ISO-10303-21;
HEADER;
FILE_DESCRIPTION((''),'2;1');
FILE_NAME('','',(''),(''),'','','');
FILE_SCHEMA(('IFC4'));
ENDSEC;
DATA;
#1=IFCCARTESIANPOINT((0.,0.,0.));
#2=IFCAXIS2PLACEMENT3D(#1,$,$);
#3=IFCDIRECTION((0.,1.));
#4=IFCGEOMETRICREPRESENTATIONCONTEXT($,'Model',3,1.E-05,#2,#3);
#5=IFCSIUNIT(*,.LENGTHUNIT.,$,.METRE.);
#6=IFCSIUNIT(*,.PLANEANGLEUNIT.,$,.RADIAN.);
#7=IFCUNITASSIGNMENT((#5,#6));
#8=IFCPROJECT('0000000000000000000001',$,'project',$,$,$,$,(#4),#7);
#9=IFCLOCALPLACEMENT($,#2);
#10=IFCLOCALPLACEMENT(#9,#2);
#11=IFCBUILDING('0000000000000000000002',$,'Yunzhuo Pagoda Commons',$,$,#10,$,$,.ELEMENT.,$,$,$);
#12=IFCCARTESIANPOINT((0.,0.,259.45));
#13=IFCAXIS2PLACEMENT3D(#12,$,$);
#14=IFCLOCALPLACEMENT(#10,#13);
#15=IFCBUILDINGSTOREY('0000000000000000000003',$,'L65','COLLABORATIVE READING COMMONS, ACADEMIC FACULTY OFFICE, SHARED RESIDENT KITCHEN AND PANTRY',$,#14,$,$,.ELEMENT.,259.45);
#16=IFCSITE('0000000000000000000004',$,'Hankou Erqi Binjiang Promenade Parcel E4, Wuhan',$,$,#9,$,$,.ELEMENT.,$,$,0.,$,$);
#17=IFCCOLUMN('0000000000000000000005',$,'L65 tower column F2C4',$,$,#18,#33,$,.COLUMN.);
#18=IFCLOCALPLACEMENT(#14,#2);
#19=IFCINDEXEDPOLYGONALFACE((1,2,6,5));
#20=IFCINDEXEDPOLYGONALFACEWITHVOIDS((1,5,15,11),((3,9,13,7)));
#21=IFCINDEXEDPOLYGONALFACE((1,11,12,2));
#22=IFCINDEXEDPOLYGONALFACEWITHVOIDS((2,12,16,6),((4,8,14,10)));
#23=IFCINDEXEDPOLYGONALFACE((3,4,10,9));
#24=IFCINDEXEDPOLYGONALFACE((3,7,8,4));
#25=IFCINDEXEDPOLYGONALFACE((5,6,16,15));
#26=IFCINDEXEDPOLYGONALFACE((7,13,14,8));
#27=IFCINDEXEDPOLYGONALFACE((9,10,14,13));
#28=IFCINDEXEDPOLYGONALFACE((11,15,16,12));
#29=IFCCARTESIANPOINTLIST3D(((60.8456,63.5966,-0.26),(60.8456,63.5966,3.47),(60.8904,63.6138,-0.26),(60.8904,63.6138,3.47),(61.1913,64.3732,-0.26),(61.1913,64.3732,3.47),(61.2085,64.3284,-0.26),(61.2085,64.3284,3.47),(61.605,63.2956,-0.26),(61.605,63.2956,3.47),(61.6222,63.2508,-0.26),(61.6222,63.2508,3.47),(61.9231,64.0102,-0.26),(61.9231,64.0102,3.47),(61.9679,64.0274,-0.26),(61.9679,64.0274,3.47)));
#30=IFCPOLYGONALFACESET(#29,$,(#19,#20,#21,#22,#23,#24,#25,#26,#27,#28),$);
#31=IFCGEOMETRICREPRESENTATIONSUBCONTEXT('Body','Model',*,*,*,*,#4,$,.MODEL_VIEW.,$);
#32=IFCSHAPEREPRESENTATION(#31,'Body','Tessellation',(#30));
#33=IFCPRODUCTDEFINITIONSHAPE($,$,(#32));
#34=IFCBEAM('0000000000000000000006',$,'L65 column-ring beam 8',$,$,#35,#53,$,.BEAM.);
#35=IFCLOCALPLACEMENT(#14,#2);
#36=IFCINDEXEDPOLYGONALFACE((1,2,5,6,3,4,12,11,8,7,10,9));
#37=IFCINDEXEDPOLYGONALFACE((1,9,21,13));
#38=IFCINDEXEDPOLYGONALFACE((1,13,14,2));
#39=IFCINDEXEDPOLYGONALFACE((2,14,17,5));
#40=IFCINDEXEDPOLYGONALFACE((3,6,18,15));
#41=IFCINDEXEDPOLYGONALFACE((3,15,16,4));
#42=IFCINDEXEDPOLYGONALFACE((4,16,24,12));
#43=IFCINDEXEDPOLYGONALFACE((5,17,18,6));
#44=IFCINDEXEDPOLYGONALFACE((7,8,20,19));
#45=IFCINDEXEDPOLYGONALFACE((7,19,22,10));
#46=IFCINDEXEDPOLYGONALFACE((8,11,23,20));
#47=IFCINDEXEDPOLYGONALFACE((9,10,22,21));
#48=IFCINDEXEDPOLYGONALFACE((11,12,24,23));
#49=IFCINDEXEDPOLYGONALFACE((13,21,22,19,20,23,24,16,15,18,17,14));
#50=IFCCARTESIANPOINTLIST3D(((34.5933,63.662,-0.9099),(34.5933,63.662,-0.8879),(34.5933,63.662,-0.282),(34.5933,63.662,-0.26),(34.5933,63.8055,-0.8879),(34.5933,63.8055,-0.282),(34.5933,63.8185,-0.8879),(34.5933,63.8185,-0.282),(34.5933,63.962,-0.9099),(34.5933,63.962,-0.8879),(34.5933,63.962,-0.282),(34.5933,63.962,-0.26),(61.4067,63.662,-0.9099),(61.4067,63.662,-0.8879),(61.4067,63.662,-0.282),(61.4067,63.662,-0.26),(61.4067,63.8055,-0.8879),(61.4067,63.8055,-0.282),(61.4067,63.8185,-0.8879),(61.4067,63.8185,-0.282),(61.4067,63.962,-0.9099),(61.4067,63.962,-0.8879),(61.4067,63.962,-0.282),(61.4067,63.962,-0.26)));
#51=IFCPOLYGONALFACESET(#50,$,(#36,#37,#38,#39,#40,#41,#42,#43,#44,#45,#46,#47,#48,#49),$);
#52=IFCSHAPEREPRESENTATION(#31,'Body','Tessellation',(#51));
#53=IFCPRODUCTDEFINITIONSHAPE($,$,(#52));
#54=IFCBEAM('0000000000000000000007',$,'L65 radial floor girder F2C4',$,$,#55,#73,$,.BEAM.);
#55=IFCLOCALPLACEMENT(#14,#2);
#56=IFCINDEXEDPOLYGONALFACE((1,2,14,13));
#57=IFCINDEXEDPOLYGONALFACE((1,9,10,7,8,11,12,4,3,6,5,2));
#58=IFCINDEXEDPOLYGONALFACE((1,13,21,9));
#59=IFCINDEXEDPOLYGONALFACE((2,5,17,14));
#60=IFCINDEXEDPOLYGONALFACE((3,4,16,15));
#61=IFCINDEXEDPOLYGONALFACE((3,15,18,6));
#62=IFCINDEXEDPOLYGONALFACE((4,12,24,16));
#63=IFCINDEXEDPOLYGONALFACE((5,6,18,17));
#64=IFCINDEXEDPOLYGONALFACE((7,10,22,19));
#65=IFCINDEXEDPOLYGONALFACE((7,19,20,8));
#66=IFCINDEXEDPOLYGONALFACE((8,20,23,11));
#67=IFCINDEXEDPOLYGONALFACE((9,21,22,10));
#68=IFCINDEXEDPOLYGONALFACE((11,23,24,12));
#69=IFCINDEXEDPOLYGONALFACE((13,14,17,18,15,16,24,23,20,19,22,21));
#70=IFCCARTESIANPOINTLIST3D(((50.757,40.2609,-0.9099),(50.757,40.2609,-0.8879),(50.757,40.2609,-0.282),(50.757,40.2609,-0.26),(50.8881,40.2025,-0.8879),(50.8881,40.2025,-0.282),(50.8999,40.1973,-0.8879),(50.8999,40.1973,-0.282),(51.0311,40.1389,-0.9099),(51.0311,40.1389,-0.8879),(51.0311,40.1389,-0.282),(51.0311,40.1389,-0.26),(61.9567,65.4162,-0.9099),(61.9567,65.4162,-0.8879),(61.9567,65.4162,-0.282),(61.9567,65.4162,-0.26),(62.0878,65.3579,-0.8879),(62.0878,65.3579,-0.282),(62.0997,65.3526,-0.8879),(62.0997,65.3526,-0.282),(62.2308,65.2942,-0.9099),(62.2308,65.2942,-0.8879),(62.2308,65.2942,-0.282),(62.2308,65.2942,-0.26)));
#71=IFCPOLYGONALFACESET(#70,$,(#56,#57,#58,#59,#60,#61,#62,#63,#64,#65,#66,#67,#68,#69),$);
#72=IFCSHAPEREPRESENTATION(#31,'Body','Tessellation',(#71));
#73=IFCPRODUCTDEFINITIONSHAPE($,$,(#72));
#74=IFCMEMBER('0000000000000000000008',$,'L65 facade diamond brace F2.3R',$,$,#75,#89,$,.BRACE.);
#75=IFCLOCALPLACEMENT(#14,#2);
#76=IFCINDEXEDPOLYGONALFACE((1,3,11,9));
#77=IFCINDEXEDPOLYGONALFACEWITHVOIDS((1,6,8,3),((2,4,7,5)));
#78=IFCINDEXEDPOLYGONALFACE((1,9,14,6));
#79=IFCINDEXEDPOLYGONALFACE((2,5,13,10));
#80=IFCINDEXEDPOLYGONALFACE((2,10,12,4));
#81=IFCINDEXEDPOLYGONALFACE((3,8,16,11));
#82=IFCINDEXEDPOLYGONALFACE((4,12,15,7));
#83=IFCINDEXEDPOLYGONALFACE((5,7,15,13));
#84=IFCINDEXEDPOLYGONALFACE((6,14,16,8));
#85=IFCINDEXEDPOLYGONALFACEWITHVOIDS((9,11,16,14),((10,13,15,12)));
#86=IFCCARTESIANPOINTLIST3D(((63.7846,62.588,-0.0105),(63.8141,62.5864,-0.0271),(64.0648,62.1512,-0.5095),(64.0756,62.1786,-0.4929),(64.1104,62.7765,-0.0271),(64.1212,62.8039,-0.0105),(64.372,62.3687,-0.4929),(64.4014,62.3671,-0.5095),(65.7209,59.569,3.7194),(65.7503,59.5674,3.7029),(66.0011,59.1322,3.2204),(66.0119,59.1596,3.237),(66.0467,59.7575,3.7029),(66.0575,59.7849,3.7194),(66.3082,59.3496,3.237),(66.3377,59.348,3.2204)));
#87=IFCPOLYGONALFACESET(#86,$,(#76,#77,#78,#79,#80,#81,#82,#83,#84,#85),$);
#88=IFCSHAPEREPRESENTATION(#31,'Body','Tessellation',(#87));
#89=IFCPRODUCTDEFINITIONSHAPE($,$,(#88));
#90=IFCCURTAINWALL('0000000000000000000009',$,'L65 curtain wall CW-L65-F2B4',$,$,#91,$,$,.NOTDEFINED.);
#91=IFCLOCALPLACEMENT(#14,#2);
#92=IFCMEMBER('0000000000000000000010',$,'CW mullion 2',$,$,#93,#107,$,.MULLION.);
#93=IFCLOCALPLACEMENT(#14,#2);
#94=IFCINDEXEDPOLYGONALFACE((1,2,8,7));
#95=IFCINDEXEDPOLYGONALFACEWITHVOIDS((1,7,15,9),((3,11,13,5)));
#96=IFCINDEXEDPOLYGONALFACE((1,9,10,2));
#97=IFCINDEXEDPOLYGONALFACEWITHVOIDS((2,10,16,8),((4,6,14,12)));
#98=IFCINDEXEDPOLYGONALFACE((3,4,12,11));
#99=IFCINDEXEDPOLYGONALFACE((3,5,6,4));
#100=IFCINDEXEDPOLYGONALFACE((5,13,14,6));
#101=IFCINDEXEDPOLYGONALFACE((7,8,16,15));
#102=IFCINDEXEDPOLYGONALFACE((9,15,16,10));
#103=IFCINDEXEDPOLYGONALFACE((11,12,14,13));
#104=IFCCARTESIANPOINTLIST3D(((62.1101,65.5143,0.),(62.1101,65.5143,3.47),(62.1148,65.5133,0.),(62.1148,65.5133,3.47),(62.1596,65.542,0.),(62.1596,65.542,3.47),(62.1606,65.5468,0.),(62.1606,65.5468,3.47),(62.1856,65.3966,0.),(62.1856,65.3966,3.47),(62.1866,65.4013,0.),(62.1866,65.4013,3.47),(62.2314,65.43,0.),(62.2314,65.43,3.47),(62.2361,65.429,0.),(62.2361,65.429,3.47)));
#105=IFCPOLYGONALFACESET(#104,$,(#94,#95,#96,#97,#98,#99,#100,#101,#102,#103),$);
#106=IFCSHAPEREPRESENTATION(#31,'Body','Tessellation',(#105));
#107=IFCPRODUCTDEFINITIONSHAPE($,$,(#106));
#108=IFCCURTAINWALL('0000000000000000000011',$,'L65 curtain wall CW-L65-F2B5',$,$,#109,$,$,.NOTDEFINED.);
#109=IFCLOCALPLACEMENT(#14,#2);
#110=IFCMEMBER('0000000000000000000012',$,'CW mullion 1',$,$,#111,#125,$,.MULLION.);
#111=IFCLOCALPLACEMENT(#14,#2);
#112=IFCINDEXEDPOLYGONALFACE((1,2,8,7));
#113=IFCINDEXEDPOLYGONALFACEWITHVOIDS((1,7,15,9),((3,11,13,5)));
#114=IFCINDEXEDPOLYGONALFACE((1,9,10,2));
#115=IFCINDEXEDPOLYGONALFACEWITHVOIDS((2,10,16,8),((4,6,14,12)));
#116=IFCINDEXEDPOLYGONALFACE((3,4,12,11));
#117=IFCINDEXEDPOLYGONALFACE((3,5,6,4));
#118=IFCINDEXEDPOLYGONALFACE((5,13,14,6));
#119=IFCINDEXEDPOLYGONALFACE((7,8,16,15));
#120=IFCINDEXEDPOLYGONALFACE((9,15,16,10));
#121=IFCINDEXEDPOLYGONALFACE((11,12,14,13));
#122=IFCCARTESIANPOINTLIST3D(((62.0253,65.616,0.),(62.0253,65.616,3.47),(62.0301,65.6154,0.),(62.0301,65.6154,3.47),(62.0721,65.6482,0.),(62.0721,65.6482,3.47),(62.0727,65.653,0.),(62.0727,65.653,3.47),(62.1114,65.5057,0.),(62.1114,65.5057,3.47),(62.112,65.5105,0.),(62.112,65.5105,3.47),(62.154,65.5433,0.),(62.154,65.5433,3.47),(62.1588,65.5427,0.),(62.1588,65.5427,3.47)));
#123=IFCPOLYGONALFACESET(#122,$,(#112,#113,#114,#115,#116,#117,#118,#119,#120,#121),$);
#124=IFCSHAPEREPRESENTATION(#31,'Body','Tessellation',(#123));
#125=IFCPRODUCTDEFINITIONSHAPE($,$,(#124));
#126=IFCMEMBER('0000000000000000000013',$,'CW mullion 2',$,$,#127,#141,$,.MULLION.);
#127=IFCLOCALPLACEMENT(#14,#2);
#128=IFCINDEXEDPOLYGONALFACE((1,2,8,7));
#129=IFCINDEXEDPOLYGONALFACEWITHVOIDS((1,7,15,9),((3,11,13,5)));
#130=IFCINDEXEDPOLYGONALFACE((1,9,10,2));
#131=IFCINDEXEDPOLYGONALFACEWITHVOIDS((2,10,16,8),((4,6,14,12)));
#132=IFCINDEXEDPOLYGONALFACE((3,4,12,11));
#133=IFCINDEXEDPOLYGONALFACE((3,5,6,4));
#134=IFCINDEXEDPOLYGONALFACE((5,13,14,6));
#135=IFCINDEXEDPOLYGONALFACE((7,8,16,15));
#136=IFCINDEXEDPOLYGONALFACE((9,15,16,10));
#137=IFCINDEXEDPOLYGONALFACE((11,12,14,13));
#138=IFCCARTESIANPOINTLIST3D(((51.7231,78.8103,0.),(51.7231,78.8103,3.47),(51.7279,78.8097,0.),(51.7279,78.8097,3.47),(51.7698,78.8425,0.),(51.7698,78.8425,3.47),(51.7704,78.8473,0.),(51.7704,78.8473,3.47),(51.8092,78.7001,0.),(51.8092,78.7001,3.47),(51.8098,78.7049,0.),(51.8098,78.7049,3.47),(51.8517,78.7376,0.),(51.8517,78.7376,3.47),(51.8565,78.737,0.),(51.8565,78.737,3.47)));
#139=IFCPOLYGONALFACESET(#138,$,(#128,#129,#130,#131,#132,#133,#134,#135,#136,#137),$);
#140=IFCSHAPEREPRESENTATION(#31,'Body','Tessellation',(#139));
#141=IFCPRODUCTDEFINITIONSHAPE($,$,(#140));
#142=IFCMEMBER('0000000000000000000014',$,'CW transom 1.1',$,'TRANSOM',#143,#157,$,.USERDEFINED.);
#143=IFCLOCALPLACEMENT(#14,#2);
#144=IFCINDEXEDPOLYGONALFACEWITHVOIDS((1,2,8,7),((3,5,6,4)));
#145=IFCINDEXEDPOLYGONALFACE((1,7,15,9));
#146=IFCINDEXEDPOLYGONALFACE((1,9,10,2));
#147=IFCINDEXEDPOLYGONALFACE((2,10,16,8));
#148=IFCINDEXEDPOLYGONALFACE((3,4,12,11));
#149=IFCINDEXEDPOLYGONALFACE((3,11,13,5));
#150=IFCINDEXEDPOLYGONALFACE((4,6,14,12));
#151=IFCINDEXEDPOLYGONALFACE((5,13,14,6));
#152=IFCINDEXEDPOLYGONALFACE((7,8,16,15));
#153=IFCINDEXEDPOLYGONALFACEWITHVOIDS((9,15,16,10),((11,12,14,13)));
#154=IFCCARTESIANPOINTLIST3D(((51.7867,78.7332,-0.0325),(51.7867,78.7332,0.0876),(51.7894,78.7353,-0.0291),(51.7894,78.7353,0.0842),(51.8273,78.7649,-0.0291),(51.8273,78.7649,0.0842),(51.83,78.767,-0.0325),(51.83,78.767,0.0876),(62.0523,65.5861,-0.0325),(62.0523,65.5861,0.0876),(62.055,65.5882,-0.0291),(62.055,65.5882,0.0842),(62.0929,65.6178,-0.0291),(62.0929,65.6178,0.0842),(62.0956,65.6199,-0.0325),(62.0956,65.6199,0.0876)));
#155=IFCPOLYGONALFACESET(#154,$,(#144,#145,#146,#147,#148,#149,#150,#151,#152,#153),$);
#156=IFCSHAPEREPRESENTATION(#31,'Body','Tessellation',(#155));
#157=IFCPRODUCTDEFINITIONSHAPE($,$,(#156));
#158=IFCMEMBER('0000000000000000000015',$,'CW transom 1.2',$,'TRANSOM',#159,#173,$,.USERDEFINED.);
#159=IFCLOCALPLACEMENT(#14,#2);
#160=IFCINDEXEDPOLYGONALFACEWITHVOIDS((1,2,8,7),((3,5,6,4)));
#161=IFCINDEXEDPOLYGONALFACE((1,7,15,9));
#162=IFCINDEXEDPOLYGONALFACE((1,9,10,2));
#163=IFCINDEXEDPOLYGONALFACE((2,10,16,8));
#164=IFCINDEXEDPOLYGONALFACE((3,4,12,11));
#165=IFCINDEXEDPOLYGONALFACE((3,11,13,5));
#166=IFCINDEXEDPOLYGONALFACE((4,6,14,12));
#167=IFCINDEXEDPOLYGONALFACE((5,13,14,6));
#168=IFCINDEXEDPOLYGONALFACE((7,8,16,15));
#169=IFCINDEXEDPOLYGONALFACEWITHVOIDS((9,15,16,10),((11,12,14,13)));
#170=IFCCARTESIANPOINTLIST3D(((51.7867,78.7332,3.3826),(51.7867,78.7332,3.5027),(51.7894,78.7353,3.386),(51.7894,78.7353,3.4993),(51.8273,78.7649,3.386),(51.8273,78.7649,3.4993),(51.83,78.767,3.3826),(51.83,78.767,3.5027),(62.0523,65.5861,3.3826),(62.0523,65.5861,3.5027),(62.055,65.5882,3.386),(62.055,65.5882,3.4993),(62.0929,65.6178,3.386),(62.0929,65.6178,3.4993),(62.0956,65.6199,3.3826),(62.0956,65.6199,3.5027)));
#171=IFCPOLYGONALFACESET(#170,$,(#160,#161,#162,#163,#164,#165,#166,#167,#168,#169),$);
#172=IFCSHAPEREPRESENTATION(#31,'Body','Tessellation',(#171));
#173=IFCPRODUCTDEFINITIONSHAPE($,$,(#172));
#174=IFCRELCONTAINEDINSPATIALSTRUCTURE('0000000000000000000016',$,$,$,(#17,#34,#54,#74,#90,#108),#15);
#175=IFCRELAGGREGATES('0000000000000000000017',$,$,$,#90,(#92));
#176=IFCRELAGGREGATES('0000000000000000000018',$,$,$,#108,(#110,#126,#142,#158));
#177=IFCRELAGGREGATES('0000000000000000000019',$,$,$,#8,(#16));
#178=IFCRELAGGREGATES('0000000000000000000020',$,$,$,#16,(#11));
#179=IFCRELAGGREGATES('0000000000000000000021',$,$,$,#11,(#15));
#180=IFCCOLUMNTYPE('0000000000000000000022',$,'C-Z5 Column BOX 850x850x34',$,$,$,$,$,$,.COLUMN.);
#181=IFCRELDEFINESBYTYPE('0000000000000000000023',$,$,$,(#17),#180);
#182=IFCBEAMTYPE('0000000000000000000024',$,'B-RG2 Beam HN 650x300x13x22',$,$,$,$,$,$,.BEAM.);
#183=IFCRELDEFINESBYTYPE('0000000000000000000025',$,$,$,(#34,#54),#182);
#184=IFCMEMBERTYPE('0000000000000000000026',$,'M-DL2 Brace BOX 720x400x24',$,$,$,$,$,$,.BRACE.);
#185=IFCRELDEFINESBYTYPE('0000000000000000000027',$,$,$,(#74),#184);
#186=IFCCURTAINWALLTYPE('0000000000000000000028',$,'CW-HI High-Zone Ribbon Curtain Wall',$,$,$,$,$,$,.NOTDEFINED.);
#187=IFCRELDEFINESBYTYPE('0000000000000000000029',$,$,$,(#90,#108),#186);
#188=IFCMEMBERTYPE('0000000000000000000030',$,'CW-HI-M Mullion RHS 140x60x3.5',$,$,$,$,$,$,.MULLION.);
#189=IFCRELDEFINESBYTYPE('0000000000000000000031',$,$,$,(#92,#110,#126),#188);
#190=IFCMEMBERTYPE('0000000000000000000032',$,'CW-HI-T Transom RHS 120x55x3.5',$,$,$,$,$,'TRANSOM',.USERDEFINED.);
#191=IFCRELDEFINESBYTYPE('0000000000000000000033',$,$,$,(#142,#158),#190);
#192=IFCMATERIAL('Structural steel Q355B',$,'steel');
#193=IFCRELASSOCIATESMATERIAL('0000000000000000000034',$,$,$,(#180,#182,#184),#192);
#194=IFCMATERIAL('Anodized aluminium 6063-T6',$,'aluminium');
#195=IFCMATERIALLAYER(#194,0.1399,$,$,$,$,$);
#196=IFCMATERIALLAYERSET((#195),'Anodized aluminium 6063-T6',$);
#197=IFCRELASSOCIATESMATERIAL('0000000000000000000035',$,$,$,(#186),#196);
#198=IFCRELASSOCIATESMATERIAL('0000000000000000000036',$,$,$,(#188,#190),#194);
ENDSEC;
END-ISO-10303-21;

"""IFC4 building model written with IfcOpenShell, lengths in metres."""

from ifc_helpers import new_model, si_unit, direction, frame, origin, origin_2d, place, context, subcontext, project, spatial, hollow_rectangle, i_section, extrude, source, transform, mapped, material, layer, layer_set, material_profile, profile_set, type_object, element, aggregate, save


model = new_model("IFC4")

# Units and contexts
model_context = context("Model", 3, precision=1e-05, world=origin(), true_north=direction((0.0, 1.0)))
body_context = subcontext(model_context, "Body", "Model", "MODEL_VIEW")
ifc_project = project(units=[si_unit("LENGTHUNIT", "METRE"), si_unit("PLANEANGLEUNIT", "RADIAN")], contexts=[model_context])

# Site, building, storey
site_placement = place(None, origin())
site = spatial("IfcSite", under=ifc_project, at=site_placement, Name="Hankou Erqi Binjiang Promenade Parcel E4, Wuhan", CompositionType="ELEMENT", RefElevation=0.0)
building_placement = place(site_placement, origin())
building = spatial("IfcBuilding", under=site, at=building_placement, Name="Yunzhuo Pagoda Commons", CompositionType="ELEMENT")
storey_placement = place(building_placement, frame((0.0, 0.0, 259.45)))
storey = spatial("IfcBuildingStorey", under=building, at=storey_placement, Name="L65", Description="COLLABORATIVE READING COMMONS, ACADEMIC FACULTY OFFICE, SHARED RESIDENT KITCHEN AND PANTRY", CompositionType="ELEMENT", Elevation=259.45)

# Column
ifc_material_1 = material(Name="Structural steel Q355B", Category="steel")
ifc_material_profile_1 = material_profile(ifc_material_1, hollow_rectangle(XDim=0.8501, YDim=0.8501, WallThickness=0.0339, at=origin_2d()), Name="Structural steel Q355B")
ifc_profile_set_1 = profile_set([ifc_material_profile_1], Name="Structural steel Q355B")
column_type = type_object("IfcColumnType", Name="C-Z5 Column BOX 850x850x34", PredefinedType="COLUMN", material=ifc_profile_set_1)
shared_shape_1 = source(origin(), body_context, "Body", "SweptSolid", [
    extrude(hollow_rectangle(XDim=0.8501, YDim=0.8501, WallThickness=0.0339, at=origin_2d()), origin(), (0.0, 0.0, 1.0), 3.73),
])
column_placement = place(storey_placement, frame((61.4067, 63.812, -0.26), z_axis=(0.0, 0.0, 1.0), x_axis=(-0.913545, 0.406737, 0.0)))
element("IfcColumn", 1, at=column_placement, inside=storey, type_object=column_type, Name="L65 tower column F2C4", PredefinedType="COLUMN", context=body_context, shape_type="MappedRepresentation", body=[
    mapped(shared_shape_1, transform((0.0, 0.0, 0.0), scale=1.0)),
])

# Beams
ifc_material_profile_2 = material_profile(ifc_material_1, i_section(OverallWidth=0.3, OverallDepth=0.6499, WebThickness=0.0129, FlangeThickness=0.022, at=origin_2d()), Name="Structural steel Q355B")
ifc_profile_set_2 = profile_set([ifc_material_profile_2], Name="Structural steel Q355B")
beam_type = type_object("IfcBeamType", Name="B-RG2 Beam HN 650x300x13x22", PredefinedType="BEAM", material=ifc_profile_set_2)
shared_shape_2 = source(origin(), body_context, "Body", "SweptSolid", [
    extrude(i_section(OverallWidth=0.3, OverallDepth=0.6499, WebThickness=0.0129, FlangeThickness=0.022, at=origin_2d()), origin(), (0.0, 0.0, 1.0), 26.8135),
])
beam_1_placement = place(storey_placement, frame((61.4067, 63.812, -0.585), z_axis=(-1.0, 0.0, 0.0), x_axis=(0.0, -1.0, 0.0)))
element("IfcBeam", 2, at=beam_1_placement, inside=storey, type_object=beam_type, Name="L65 column-ring beam 8", PredefinedType="BEAM", context=body_context, shape_type="MappedRepresentation", body=[
    mapped(shared_shape_2, transform((0.0, 0.0, 0.0), scale=1.0)),
])
shared_shape_3 = source(origin(), body_context, "Body", "SweptSolid", [
    extrude(i_section(OverallWidth=0.3, OverallDepth=0.6499, WebThickness=0.0129, FlangeThickness=0.022, at=origin_2d()), origin(), (0.0, 0.0, 1.0), 27.5359),
])
beam_2_placement = place(storey_placement, frame((62.0938, 65.3552, -0.585), z_axis=(-0.406732, -0.913547, 0.0), x_axis=(0.913547, -0.406732, 0.0)))
element("IfcBeam", 3, at=beam_2_placement, inside=storey, type_object=beam_type, Name="L65 radial floor girder F2C4", PredefinedType="BEAM", context=body_context, shape_type="MappedRepresentation", body=[
    mapped(shared_shape_3, transform((0.0, 0.0, 0.0), scale=1.0)),
])

# Member
ifc_material_profile_3 = material_profile(ifc_material_1, hollow_rectangle(XDim=0.3999, YDim=0.72, WallThickness=0.0239, at=origin_2d()), Name="Structural steel Q355B")
ifc_profile_set_3 = profile_set([ifc_material_profile_3], Name="Structural steel Q355B")
member_type_1 = type_object("IfcMemberType", Name="M-DL2 Brace BOX 720x400x24", PredefinedType="BRACE", material=ifc_profile_set_3)
shared_shape_4 = source(origin(), body_context, "Body", "SweptSolid", [
    extrude(hollow_rectangle(XDim=0.3999, YDim=0.72, WallThickness=0.0239, at=origin_2d()), origin(), (0.0, 0.0, 1.0), 5.1746),
])
member_1_placement = place(storey_placement, frame((64.093, 62.4775, -0.26), z_axis=(0.374189, -0.583434, 0.720824), x_axis=(0.841753, 0.539863, 0.0)))
element("IfcMember", 4, at=member_1_placement, inside=storey, type_object=member_type_1, Name="L65 facade diamond brace F2.3R", PredefinedType="BRACE", context=body_context, shape_type="MappedRepresentation", body=[
    mapped(shared_shape_4, transform((0.0, 0.0, 0.0), scale=1.0)),
])

# Curtain wall, member
ifc_material_2 = material(Name="Anodized aluminium 6063-T6", Category="aluminium")
ifc_layer_1 = layer(ifc_material_2, 0.1399)
ifc_layer_set_1 = layer_set([ifc_layer_1], Name="Anodized aluminium 6063-T6")
curtain_wall_type = type_object("IfcCurtainWallType", Name="CW-HI High-Zone Ribbon Curtain Wall", PredefinedType="NOTDEFINED", material=ifc_layer_set_1)
curtain_wall_1_placement = place(storey_placement, origin())
curtain_wall_1 = element("IfcCurtainWall", 5, at=curtain_wall_1_placement, inside=storey, type_object=curtain_wall_type, Name="L65 curtain wall CW-L65-F2B4", PredefinedType="NOTDEFINED")
ifc_material_profile_4 = material_profile(ifc_material_2, hollow_rectangle(XDim=0.0601, YDim=0.1399, WallThickness=0.0034, at=origin_2d()), Name="Anodized aluminium 6063-T6")
ifc_profile_set_4 = profile_set([ifc_material_profile_4], Name="Anodized aluminium 6063-T6")
member_type_2 = type_object("IfcMemberType", Name="CW-HI-M Mullion RHS 140x60x3.5", PredefinedType="MULLION", material=ifc_profile_set_4)
shared_shape_5 = source(origin(), body_context, "Body", "SweptSolid", [
    extrude(hollow_rectangle(XDim=0.0601, YDim=0.1399, WallThickness=0.0034, at=origin_2d()), origin(), (0.0, 0.0, 1.0), 3.47),
])
member_2_placement = place(storey_placement, frame((62.1731, 65.4717, 0.0), z_axis=(0.0, 0.0, 1.0), x_axis=(-0.84175, -0.539867, 0.0)))
member_2 = element("IfcMember", 6, at=member_2_placement, type_object=member_type_2, Name="CW mullion 2", PredefinedType="MULLION", context=body_context, shape_type="MappedRepresentation", body=[
    mapped(shared_shape_5, transform((0.0, 0.0, 0.0), scale=1.0)),
])

# Curtain wall, members
curtain_wall_2_placement = place(storey_placement, origin())
curtain_wall_2 = element("IfcCurtainWall", 7, at=curtain_wall_2_placement, inside=storey, type_object=curtain_wall_type, Name="L65 curtain wall CW-L65-F2B5", PredefinedType="NOTDEFINED")
member_3_placement = place(storey_placement, frame((62.092, 65.5793, 0.0), z_axis=(0.0, 0.0, 1.0), x_axis=(-0.78819, -0.615433, 0.0)))
member_3 = element("IfcMember", 8, at=member_3_placement, type_object=member_type_2, Name="CW mullion 1", PredefinedType="MULLION", context=body_context, shape_type="MappedRepresentation", body=[
    mapped(shared_shape_5, transform((0.0, 0.0, 0.0), scale=1.0)),
])
member_4_placement = place(storey_placement, frame((51.7898, 78.7737, 0.0), z_axis=(0.0, 0.0, 1.0), x_axis=(-0.78819, -0.615433, 0.0)))
member_4 = element("IfcMember", 9, at=member_4_placement, type_object=member_type_2, Name="CW mullion 2", PredefinedType="MULLION", context=body_context, shape_type="MappedRepresentation", body=[
    mapped(shared_shape_5, transform((0.0, 0.0, 0.0), scale=1.0)),
])
ifc_material_profile_5 = material_profile(ifc_material_2, hollow_rectangle(XDim=0.0549, YDim=0.1201, WallThickness=0.0034, at=origin_2d()), Name="Anodized aluminium 6063-T6")
ifc_profile_set_5 = profile_set([ifc_material_profile_5], Name="Anodized aluminium 6063-T6")
member_type_3 = type_object("IfcMemberType", Name="CW-HI-T Transom RHS 120x55x3.5", ElementType="TRANSOM", PredefinedType="USERDEFINED", material=ifc_profile_set_5)
shared_shape_6 = source(origin(), body_context, "Body", "SweptSolid", [
    extrude(hollow_rectangle(XDim=0.0549, YDim=0.1201, WallThickness=0.0034, at=origin_2d()), origin(), (0.0, 0.0, 1.0), 16.6802),
])
member_5_placement = place(storey_placement, frame((62.074, 65.603, 0.0276), z_axis=(-0.615441, 0.788183, 0.0), x_axis=(-0.788183, -0.615441, 0.0)))
member_5 = element("IfcMember", 10, at=member_5_placement, type_object=member_type_3, Name="CW transom 1.1", ObjectType="TRANSOM", PredefinedType="USERDEFINED", context=body_context, shape_type="MappedRepresentation", body=[
    mapped(shared_shape_6, transform((0.0, 0.0, 0.0), scale=1.0)),
])
member_6_placement = place(storey_placement, frame((62.074, 65.603, 3.4426), z_axis=(-0.615441, 0.788183, 0.0), x_axis=(-0.788183, -0.615441, 0.0)))
member_6 = element("IfcMember", 11, at=member_6_placement, type_object=member_type_3, Name="CW transom 1.2", ObjectType="TRANSOM", PredefinedType="USERDEFINED", context=body_context, shape_type="MappedRepresentation", body=[
    mapped(shared_shape_6, transform((0.0, 0.0, 0.0), scale=1.0)),
])

aggregate(curtain_wall_1, [member_2])
aggregate(curtain_wall_2, [member_3, member_4, member_5, member_6])

save(model, "model.ifc")
